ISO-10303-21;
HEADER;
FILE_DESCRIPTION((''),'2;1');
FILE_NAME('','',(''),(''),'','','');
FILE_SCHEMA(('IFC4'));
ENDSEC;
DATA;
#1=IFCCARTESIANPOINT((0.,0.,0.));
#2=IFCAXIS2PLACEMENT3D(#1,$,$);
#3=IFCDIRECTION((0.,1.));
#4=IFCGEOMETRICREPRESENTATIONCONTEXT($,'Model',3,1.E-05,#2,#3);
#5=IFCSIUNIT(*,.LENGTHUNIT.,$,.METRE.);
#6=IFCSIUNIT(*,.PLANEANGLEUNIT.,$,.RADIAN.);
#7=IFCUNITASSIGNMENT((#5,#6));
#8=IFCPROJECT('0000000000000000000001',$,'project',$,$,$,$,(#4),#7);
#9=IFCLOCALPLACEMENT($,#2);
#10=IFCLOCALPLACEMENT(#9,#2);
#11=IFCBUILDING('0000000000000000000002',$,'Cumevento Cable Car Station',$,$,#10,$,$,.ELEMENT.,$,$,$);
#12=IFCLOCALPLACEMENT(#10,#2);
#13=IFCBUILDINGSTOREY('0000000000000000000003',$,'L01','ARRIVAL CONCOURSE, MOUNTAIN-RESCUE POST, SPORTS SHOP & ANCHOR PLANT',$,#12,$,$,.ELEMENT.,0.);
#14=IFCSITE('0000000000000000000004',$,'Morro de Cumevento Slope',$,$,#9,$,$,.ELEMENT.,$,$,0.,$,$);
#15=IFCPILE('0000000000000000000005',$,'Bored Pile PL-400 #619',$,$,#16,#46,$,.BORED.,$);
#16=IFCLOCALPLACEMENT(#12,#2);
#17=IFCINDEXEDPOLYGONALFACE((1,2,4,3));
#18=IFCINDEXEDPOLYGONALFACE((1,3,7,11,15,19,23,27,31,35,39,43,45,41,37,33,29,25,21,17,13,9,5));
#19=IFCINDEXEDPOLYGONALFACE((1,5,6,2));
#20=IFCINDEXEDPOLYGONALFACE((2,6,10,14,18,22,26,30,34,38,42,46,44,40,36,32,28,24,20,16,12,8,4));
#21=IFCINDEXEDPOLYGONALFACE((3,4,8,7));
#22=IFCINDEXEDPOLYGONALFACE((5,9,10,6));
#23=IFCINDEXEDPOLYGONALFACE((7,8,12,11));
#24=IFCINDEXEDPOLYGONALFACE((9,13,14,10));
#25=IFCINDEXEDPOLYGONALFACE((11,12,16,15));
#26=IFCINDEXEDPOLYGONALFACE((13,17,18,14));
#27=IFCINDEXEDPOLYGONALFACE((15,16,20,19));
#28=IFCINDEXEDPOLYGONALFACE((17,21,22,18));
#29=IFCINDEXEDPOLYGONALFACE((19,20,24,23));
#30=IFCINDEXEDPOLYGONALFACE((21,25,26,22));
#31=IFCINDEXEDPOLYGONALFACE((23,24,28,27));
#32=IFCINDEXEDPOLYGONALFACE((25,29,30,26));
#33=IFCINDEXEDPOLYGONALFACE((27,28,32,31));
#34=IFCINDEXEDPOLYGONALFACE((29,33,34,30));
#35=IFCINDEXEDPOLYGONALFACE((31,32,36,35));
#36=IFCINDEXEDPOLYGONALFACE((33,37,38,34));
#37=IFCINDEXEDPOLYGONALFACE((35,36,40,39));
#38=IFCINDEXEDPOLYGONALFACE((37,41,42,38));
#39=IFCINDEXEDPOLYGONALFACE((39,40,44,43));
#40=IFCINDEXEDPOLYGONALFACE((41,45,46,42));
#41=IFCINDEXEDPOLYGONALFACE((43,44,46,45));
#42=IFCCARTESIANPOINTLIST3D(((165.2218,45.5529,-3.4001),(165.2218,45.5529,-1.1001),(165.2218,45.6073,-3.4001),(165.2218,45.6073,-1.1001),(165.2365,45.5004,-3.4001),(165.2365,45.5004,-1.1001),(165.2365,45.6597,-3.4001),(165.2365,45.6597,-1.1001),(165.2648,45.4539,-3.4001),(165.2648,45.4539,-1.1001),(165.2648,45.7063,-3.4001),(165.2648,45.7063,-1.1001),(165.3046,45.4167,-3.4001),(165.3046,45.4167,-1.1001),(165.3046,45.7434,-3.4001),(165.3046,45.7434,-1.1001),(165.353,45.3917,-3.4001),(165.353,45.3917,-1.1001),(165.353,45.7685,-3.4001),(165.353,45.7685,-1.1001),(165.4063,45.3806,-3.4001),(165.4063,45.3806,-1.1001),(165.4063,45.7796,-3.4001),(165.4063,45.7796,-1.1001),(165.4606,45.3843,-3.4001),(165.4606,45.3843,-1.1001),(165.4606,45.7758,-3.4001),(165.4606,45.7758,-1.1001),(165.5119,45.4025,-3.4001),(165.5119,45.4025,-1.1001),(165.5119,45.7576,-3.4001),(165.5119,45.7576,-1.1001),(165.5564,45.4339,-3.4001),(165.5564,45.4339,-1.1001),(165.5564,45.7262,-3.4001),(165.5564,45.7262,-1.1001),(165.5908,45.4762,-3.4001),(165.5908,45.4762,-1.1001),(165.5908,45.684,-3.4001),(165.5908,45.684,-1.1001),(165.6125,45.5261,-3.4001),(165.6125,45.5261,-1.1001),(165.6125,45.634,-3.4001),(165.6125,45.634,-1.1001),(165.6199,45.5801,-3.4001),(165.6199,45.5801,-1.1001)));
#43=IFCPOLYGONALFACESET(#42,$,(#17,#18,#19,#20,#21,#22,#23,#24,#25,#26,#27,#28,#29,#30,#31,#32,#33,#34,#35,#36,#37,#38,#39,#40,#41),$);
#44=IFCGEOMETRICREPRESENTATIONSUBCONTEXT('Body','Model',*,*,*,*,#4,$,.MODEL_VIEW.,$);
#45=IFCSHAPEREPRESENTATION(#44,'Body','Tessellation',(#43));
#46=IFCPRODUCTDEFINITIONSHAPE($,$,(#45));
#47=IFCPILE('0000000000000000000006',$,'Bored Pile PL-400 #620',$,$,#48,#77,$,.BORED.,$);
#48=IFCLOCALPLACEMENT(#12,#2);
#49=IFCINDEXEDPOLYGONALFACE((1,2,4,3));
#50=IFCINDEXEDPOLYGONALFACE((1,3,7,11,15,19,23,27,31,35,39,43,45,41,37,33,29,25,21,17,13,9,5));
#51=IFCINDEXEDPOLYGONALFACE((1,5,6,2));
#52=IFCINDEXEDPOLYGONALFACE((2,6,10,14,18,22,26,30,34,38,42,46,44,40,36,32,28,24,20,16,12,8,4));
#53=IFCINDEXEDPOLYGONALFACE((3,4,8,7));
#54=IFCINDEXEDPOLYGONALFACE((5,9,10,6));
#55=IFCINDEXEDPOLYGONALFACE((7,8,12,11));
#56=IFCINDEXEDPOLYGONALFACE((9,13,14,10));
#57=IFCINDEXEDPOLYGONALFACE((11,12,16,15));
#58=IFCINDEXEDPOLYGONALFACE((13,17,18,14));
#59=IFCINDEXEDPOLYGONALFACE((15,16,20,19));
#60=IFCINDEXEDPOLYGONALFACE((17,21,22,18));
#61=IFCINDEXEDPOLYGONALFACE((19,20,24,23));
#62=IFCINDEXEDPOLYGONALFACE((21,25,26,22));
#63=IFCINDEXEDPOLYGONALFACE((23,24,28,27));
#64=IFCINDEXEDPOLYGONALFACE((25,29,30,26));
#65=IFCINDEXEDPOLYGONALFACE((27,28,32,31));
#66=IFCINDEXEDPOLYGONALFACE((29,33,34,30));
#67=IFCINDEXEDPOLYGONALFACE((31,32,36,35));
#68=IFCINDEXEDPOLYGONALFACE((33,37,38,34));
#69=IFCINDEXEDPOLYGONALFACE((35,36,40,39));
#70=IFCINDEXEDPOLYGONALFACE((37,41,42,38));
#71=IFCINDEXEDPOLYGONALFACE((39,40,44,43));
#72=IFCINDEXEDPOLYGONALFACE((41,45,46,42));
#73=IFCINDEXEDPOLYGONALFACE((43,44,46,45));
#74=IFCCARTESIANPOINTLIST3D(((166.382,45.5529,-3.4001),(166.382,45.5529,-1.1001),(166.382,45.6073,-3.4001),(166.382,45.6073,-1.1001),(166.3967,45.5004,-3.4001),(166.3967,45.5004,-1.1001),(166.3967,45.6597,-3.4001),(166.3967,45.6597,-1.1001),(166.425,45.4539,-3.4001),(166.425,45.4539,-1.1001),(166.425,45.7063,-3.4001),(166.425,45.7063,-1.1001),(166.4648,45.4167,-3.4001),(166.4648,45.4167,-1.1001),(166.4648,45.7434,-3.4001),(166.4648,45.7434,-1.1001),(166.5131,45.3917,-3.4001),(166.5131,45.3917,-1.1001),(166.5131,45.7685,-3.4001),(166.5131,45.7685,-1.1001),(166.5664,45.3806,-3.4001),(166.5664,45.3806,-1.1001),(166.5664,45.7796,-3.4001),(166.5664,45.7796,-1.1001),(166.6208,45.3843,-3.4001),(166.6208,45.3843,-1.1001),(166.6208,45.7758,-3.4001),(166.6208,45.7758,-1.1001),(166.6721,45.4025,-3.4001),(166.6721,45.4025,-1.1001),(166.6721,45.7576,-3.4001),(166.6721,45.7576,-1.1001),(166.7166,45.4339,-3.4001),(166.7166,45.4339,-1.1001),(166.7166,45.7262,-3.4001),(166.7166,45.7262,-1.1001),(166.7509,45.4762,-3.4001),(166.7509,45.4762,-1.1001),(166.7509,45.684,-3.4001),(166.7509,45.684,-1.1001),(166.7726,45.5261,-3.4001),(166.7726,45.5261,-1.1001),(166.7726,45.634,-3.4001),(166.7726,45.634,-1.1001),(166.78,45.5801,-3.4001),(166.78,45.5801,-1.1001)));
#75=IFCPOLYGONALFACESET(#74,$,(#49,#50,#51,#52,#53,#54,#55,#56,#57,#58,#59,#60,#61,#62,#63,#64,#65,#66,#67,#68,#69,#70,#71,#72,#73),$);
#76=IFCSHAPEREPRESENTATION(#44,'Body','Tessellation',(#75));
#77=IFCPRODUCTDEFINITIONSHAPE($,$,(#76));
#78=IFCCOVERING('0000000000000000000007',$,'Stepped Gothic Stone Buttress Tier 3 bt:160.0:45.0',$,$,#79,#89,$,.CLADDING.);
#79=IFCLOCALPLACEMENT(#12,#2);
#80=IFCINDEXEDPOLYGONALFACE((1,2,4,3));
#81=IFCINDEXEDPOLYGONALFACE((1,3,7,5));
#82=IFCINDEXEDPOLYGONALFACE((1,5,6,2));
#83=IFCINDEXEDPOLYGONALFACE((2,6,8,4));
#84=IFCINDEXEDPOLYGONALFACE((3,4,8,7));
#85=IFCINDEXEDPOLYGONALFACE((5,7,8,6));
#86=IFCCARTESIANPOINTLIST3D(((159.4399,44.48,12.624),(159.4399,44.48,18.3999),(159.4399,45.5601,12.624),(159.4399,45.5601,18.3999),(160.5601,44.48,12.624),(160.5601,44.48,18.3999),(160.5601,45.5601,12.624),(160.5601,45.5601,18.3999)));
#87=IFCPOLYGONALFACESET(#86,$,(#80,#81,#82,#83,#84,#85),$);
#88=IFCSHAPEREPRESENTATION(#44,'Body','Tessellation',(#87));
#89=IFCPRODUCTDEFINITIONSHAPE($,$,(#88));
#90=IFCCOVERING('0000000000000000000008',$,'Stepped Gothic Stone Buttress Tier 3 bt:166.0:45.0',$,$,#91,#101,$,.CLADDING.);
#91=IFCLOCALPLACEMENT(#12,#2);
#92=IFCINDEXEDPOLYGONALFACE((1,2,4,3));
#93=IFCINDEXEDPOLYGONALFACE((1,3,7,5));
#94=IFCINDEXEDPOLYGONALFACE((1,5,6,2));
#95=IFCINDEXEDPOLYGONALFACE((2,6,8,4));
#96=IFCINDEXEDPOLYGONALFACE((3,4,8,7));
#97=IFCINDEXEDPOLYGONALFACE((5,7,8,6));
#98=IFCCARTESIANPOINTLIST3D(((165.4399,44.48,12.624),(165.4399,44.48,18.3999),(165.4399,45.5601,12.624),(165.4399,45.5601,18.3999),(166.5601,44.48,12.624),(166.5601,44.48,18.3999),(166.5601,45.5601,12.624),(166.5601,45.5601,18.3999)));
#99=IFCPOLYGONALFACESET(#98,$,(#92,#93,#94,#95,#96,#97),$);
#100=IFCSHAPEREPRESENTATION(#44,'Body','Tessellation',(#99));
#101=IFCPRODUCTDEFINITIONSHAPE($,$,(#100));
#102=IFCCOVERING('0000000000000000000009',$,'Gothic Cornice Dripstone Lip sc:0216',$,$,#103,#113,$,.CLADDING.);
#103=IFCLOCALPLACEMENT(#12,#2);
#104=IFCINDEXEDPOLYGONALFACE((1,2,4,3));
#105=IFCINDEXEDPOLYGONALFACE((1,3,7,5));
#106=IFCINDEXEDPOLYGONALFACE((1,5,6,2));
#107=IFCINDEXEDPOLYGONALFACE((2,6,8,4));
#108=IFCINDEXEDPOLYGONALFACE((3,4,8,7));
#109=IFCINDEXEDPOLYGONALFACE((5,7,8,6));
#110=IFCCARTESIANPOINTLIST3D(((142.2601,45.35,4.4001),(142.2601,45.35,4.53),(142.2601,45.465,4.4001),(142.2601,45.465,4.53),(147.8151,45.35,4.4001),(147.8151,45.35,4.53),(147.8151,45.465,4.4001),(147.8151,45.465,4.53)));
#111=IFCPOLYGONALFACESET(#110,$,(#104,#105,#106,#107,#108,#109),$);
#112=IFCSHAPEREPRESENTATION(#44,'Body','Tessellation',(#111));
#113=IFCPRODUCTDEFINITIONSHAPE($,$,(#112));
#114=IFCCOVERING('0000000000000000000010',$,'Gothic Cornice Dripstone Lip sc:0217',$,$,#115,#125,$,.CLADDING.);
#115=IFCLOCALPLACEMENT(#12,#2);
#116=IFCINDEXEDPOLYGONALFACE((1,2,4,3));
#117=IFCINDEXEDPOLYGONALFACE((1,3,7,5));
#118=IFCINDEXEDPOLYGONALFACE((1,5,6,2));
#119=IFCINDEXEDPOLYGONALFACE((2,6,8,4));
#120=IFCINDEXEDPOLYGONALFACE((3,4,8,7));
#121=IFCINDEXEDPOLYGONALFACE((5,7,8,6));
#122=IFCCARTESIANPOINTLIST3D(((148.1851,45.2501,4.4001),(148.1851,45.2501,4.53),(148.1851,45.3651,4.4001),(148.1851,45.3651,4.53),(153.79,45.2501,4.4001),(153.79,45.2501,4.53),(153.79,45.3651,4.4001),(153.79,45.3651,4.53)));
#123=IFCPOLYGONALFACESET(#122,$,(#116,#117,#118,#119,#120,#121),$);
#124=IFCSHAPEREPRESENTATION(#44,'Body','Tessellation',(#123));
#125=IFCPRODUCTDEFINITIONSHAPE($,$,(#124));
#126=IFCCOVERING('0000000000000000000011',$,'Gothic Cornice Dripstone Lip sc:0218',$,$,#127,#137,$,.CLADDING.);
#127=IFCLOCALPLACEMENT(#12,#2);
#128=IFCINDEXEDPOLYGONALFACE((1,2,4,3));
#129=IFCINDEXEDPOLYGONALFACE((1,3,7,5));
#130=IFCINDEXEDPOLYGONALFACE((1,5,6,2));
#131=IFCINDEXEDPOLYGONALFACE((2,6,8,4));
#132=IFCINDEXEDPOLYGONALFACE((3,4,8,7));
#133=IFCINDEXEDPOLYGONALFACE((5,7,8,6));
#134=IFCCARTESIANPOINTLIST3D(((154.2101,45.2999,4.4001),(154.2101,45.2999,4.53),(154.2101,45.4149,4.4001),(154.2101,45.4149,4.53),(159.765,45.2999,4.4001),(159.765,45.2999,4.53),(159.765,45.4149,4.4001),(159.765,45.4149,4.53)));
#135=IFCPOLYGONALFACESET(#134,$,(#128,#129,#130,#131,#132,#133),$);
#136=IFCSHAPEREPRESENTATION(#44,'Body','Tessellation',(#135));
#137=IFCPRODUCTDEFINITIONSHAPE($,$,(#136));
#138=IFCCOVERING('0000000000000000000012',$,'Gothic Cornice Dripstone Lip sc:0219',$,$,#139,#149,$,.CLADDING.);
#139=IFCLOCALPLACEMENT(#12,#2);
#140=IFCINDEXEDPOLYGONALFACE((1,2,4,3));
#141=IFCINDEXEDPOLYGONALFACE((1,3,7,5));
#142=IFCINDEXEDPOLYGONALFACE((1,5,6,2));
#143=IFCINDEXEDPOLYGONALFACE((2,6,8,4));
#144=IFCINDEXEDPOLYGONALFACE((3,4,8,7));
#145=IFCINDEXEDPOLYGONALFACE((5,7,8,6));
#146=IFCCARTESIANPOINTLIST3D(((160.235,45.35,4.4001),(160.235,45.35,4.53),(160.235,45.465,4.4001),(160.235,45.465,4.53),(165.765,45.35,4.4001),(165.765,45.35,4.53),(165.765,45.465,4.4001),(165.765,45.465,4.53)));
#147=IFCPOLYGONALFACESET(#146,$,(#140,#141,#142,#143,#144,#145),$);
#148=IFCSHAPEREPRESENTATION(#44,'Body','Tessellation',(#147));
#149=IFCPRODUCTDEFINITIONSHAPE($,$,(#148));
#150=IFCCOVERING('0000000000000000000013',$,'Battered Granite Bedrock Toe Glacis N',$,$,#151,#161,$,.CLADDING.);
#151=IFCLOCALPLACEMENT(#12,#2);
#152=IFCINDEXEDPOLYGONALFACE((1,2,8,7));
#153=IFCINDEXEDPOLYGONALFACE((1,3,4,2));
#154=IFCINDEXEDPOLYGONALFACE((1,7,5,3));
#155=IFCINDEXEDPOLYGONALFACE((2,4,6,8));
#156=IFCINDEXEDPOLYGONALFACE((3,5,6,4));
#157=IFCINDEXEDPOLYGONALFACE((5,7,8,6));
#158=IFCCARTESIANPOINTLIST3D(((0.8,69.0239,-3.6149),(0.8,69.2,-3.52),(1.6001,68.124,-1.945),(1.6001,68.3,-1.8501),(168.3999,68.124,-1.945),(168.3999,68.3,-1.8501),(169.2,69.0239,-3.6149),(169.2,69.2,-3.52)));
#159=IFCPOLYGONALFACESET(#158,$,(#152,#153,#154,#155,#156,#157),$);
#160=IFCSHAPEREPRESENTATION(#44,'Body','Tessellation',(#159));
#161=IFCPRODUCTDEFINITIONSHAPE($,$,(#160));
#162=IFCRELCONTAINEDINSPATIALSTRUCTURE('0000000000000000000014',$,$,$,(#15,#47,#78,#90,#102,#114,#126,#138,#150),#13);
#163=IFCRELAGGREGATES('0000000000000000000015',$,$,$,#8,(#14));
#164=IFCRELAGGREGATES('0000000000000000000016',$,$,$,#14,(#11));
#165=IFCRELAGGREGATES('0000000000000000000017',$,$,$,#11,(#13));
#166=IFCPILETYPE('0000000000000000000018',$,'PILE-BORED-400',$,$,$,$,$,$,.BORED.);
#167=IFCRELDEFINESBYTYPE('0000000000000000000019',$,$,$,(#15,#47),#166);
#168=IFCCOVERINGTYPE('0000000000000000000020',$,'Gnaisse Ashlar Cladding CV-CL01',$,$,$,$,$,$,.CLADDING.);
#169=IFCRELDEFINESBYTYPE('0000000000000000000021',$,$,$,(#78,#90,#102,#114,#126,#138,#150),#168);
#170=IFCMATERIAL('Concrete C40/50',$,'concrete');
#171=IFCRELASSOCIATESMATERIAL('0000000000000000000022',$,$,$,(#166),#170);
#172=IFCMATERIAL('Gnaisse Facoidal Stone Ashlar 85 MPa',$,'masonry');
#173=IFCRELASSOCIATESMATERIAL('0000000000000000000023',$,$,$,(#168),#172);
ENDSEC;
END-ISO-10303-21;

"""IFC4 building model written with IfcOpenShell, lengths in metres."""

from ifc_helpers import new_model, si_unit, direction, frame, origin, origin_2d, place, context, subcontext, project, spatial, polyline, rectangle, circle, outline, extrude, material, material_profile, profile_set, type_object, element, save


model = new_model("IFC4")

# Units and contexts
model_context = context("Model", 3, precision=1e-05, world=origin(), true_north=direction((0.0, 1.0)))
body_context = subcontext(model_context, "Body", "Model", "MODEL_VIEW")
ifc_project = project(units=[si_unit("LENGTHUNIT", "METRE"), si_unit("PLANEANGLEUNIT", "RADIAN")], contexts=[model_context])

# Site, building, storey
site_placement = place(None, origin())
site = spatial("IfcSite", under=ifc_project, at=site_placement, Name="Morro de Cumevento Slope", CompositionType="ELEMENT", RefElevation=0.0)
building_placement = place(site_placement, origin())
building = spatial("IfcBuilding", under=site, at=building_placement, Name="Cumevento Cable Car Station", CompositionType="ELEMENT")
storey_placement = place(building_placement, origin())
storey = spatial("IfcBuildingStorey", under=building, at=storey_placement, Name="L01", Description="ARRIVAL CONCOURSE, MOUNTAIN-RESCUE POST, SPORTS SHOP & ANCHOR PLANT", CompositionType="ELEMENT", Elevation=0.0)

# Piles
ifc_material_1 = material(Name="Concrete C40/50", Category="concrete")
ifc_material_profile = material_profile(ifc_material_1, circle(Radius=0.2, at=origin_2d()), Name="PILE-D400")
ifc_profile_set = profile_set([ifc_material_profile], Name="Concrete C40/50")
pile_type = type_object("IfcPileType", Name="PILE-BORED-400", PredefinedType="BORED", material=ifc_profile_set)
for number, where, z_axis, x_axis, name in (
    (1, (165.4199, 45.5801, -1.1001), (0.0, 0.0, -1.0), (1.0, 0.0, 0.0), "Bored Pile PL-400 #619"),
    (2, (166.5801, 45.5801, -1.1001), (0.0, 0.0, -1.0), (1.0, 0.0, 0.0), "Bored Pile PL-400 #620"),
):
    element("IfcPile", number, at=place(storey_placement, frame(where, z_axis=z_axis, x_axis=x_axis)), inside=storey, type_object=pile_type, Name=name, PredefinedType="BORED", context=body_context, shape_type="SweptSolid", body=[
        extrude(circle(Radius=0.2, at=origin_2d()), origin(), (0.0, 0.0, 1.0), 2.3),
    ])

# Coverings
ifc_material_2 = material(Name="Gnaisse Facoidal Stone Ashlar 85 MPa", Category="masonry")
covering_type = type_object("IfcCoveringType", Name="Gnaisse Ashlar Cladding CV-CL01", PredefinedType="CLADDING", material=ifc_material_2)
for number, where, z_axis, x_axis, name in (
    (3, (160.0, 45.02, 12.624), (0.0, 0.0, 1.0), (1.0, 0.0, 0.0), "Stepped Gothic Stone Buttress Tier 3 bt:160.0:45.0"),
    (4, (166.0, 45.02, 12.624), (0.0, 0.0, 1.0), (1.0, 0.0, 0.0), "Stepped Gothic Stone Buttress Tier 3 bt:166.0:45.0"),
):
    element("IfcCovering", number, at=place(storey_placement, frame(where, z_axis=z_axis, x_axis=x_axis)), inside=storey, type_object=covering_type, Name=name, PredefinedType="CLADDING", context=body_context, shape_type="SweptSolid", body=[
        extrude(rectangle(XDim=1.1201, YDim=1.0801, at=origin_2d()), origin(), (0.0, 0.0, 1.0), 5.7759),
    ])
covering_1_placement = place(storey_placement, frame((145.0376, 45.4075, 4.4001), z_axis=(0.0, 0.0, 1.0), x_axis=(1.0, 0.0, 0.0)))
element("IfcCovering", 5, at=covering_1_placement, inside=storey, type_object=covering_type, Name="Gothic Cornice Dripstone Lip sc:0216", PredefinedType="CLADDING", context=body_context, shape_type="SweptSolid", body=[
    extrude(rectangle(XDim=5.5549, YDim=0.115, at=origin_2d()), origin(), (0.0, 0.0, 1.0), 0.1299),
])
covering_2_placement = place(storey_placement, frame((150.9875, 45.3076, 4.4001), z_axis=(0.0, 0.0, 1.0), x_axis=(1.0, 0.0, 0.0)))
element("IfcCovering", 6, at=covering_2_placement, inside=storey, type_object=covering_type, Name="Gothic Cornice Dripstone Lip sc:0217", PredefinedType="CLADDING", context=body_context, shape_type="SweptSolid", body=[
    extrude(rectangle(XDim=5.605, YDim=0.115, at=origin_2d()), origin(), (0.0, 0.0, 1.0), 0.1299),
])
covering_3_placement = place(storey_placement, frame((156.9875, 45.3574, 4.4001), z_axis=(0.0, 0.0, 1.0), x_axis=(1.0, 0.0, 0.0)))
element("IfcCovering", 7, at=covering_3_placement, inside=storey, type_object=covering_type, Name="Gothic Cornice Dripstone Lip sc:0218", PredefinedType="CLADDING", context=body_context, shape_type="SweptSolid", body=[
    extrude(rectangle(XDim=5.5549, YDim=0.115, at=origin_2d()), origin(), (0.0, 0.0, 1.0), 0.1299),
])
covering_4_placement = place(storey_placement, frame((163.0, 45.4075, 4.4001), z_axis=(0.0, 0.0, 1.0), x_axis=(1.0, 0.0, 0.0)))
element("IfcCovering", 8, at=covering_4_placement, inside=storey, type_object=covering_type, Name="Gothic Cornice Dripstone Lip sc:0219", PredefinedType="CLADDING", context=body_context, shape_type="SweptSolid", body=[
    extrude(rectangle(XDim=5.53, YDim=0.115, at=origin_2d()), origin(), (0.0, 0.0, 1.0), 0.1299),
])
covering_5_placement = place(storey_placement, frame((169.2, 69.2, -3.52), z_axis=(0.0, 0.880314, 0.474391), x_axis=(-1.0, 0.0, 0.0)))
element("IfcCovering", 9, at=covering_5_placement, inside=storey, type_object=covering_type, Name="Battered Granite Bedrock Toe Glacis N", PredefinedType="CLADDING", context=body_context, shape_type="SweptSolid", body=[
    extrude(outline(polyline([(0.0, 0.0), (168.3999, 0.0), (167.5999, 1.897), (0.8, 1.897), (0.0, 0.0)])), origin(), (0.0, 0.0, -1.0), 0.2),
])

save(model, "model.ifc")
